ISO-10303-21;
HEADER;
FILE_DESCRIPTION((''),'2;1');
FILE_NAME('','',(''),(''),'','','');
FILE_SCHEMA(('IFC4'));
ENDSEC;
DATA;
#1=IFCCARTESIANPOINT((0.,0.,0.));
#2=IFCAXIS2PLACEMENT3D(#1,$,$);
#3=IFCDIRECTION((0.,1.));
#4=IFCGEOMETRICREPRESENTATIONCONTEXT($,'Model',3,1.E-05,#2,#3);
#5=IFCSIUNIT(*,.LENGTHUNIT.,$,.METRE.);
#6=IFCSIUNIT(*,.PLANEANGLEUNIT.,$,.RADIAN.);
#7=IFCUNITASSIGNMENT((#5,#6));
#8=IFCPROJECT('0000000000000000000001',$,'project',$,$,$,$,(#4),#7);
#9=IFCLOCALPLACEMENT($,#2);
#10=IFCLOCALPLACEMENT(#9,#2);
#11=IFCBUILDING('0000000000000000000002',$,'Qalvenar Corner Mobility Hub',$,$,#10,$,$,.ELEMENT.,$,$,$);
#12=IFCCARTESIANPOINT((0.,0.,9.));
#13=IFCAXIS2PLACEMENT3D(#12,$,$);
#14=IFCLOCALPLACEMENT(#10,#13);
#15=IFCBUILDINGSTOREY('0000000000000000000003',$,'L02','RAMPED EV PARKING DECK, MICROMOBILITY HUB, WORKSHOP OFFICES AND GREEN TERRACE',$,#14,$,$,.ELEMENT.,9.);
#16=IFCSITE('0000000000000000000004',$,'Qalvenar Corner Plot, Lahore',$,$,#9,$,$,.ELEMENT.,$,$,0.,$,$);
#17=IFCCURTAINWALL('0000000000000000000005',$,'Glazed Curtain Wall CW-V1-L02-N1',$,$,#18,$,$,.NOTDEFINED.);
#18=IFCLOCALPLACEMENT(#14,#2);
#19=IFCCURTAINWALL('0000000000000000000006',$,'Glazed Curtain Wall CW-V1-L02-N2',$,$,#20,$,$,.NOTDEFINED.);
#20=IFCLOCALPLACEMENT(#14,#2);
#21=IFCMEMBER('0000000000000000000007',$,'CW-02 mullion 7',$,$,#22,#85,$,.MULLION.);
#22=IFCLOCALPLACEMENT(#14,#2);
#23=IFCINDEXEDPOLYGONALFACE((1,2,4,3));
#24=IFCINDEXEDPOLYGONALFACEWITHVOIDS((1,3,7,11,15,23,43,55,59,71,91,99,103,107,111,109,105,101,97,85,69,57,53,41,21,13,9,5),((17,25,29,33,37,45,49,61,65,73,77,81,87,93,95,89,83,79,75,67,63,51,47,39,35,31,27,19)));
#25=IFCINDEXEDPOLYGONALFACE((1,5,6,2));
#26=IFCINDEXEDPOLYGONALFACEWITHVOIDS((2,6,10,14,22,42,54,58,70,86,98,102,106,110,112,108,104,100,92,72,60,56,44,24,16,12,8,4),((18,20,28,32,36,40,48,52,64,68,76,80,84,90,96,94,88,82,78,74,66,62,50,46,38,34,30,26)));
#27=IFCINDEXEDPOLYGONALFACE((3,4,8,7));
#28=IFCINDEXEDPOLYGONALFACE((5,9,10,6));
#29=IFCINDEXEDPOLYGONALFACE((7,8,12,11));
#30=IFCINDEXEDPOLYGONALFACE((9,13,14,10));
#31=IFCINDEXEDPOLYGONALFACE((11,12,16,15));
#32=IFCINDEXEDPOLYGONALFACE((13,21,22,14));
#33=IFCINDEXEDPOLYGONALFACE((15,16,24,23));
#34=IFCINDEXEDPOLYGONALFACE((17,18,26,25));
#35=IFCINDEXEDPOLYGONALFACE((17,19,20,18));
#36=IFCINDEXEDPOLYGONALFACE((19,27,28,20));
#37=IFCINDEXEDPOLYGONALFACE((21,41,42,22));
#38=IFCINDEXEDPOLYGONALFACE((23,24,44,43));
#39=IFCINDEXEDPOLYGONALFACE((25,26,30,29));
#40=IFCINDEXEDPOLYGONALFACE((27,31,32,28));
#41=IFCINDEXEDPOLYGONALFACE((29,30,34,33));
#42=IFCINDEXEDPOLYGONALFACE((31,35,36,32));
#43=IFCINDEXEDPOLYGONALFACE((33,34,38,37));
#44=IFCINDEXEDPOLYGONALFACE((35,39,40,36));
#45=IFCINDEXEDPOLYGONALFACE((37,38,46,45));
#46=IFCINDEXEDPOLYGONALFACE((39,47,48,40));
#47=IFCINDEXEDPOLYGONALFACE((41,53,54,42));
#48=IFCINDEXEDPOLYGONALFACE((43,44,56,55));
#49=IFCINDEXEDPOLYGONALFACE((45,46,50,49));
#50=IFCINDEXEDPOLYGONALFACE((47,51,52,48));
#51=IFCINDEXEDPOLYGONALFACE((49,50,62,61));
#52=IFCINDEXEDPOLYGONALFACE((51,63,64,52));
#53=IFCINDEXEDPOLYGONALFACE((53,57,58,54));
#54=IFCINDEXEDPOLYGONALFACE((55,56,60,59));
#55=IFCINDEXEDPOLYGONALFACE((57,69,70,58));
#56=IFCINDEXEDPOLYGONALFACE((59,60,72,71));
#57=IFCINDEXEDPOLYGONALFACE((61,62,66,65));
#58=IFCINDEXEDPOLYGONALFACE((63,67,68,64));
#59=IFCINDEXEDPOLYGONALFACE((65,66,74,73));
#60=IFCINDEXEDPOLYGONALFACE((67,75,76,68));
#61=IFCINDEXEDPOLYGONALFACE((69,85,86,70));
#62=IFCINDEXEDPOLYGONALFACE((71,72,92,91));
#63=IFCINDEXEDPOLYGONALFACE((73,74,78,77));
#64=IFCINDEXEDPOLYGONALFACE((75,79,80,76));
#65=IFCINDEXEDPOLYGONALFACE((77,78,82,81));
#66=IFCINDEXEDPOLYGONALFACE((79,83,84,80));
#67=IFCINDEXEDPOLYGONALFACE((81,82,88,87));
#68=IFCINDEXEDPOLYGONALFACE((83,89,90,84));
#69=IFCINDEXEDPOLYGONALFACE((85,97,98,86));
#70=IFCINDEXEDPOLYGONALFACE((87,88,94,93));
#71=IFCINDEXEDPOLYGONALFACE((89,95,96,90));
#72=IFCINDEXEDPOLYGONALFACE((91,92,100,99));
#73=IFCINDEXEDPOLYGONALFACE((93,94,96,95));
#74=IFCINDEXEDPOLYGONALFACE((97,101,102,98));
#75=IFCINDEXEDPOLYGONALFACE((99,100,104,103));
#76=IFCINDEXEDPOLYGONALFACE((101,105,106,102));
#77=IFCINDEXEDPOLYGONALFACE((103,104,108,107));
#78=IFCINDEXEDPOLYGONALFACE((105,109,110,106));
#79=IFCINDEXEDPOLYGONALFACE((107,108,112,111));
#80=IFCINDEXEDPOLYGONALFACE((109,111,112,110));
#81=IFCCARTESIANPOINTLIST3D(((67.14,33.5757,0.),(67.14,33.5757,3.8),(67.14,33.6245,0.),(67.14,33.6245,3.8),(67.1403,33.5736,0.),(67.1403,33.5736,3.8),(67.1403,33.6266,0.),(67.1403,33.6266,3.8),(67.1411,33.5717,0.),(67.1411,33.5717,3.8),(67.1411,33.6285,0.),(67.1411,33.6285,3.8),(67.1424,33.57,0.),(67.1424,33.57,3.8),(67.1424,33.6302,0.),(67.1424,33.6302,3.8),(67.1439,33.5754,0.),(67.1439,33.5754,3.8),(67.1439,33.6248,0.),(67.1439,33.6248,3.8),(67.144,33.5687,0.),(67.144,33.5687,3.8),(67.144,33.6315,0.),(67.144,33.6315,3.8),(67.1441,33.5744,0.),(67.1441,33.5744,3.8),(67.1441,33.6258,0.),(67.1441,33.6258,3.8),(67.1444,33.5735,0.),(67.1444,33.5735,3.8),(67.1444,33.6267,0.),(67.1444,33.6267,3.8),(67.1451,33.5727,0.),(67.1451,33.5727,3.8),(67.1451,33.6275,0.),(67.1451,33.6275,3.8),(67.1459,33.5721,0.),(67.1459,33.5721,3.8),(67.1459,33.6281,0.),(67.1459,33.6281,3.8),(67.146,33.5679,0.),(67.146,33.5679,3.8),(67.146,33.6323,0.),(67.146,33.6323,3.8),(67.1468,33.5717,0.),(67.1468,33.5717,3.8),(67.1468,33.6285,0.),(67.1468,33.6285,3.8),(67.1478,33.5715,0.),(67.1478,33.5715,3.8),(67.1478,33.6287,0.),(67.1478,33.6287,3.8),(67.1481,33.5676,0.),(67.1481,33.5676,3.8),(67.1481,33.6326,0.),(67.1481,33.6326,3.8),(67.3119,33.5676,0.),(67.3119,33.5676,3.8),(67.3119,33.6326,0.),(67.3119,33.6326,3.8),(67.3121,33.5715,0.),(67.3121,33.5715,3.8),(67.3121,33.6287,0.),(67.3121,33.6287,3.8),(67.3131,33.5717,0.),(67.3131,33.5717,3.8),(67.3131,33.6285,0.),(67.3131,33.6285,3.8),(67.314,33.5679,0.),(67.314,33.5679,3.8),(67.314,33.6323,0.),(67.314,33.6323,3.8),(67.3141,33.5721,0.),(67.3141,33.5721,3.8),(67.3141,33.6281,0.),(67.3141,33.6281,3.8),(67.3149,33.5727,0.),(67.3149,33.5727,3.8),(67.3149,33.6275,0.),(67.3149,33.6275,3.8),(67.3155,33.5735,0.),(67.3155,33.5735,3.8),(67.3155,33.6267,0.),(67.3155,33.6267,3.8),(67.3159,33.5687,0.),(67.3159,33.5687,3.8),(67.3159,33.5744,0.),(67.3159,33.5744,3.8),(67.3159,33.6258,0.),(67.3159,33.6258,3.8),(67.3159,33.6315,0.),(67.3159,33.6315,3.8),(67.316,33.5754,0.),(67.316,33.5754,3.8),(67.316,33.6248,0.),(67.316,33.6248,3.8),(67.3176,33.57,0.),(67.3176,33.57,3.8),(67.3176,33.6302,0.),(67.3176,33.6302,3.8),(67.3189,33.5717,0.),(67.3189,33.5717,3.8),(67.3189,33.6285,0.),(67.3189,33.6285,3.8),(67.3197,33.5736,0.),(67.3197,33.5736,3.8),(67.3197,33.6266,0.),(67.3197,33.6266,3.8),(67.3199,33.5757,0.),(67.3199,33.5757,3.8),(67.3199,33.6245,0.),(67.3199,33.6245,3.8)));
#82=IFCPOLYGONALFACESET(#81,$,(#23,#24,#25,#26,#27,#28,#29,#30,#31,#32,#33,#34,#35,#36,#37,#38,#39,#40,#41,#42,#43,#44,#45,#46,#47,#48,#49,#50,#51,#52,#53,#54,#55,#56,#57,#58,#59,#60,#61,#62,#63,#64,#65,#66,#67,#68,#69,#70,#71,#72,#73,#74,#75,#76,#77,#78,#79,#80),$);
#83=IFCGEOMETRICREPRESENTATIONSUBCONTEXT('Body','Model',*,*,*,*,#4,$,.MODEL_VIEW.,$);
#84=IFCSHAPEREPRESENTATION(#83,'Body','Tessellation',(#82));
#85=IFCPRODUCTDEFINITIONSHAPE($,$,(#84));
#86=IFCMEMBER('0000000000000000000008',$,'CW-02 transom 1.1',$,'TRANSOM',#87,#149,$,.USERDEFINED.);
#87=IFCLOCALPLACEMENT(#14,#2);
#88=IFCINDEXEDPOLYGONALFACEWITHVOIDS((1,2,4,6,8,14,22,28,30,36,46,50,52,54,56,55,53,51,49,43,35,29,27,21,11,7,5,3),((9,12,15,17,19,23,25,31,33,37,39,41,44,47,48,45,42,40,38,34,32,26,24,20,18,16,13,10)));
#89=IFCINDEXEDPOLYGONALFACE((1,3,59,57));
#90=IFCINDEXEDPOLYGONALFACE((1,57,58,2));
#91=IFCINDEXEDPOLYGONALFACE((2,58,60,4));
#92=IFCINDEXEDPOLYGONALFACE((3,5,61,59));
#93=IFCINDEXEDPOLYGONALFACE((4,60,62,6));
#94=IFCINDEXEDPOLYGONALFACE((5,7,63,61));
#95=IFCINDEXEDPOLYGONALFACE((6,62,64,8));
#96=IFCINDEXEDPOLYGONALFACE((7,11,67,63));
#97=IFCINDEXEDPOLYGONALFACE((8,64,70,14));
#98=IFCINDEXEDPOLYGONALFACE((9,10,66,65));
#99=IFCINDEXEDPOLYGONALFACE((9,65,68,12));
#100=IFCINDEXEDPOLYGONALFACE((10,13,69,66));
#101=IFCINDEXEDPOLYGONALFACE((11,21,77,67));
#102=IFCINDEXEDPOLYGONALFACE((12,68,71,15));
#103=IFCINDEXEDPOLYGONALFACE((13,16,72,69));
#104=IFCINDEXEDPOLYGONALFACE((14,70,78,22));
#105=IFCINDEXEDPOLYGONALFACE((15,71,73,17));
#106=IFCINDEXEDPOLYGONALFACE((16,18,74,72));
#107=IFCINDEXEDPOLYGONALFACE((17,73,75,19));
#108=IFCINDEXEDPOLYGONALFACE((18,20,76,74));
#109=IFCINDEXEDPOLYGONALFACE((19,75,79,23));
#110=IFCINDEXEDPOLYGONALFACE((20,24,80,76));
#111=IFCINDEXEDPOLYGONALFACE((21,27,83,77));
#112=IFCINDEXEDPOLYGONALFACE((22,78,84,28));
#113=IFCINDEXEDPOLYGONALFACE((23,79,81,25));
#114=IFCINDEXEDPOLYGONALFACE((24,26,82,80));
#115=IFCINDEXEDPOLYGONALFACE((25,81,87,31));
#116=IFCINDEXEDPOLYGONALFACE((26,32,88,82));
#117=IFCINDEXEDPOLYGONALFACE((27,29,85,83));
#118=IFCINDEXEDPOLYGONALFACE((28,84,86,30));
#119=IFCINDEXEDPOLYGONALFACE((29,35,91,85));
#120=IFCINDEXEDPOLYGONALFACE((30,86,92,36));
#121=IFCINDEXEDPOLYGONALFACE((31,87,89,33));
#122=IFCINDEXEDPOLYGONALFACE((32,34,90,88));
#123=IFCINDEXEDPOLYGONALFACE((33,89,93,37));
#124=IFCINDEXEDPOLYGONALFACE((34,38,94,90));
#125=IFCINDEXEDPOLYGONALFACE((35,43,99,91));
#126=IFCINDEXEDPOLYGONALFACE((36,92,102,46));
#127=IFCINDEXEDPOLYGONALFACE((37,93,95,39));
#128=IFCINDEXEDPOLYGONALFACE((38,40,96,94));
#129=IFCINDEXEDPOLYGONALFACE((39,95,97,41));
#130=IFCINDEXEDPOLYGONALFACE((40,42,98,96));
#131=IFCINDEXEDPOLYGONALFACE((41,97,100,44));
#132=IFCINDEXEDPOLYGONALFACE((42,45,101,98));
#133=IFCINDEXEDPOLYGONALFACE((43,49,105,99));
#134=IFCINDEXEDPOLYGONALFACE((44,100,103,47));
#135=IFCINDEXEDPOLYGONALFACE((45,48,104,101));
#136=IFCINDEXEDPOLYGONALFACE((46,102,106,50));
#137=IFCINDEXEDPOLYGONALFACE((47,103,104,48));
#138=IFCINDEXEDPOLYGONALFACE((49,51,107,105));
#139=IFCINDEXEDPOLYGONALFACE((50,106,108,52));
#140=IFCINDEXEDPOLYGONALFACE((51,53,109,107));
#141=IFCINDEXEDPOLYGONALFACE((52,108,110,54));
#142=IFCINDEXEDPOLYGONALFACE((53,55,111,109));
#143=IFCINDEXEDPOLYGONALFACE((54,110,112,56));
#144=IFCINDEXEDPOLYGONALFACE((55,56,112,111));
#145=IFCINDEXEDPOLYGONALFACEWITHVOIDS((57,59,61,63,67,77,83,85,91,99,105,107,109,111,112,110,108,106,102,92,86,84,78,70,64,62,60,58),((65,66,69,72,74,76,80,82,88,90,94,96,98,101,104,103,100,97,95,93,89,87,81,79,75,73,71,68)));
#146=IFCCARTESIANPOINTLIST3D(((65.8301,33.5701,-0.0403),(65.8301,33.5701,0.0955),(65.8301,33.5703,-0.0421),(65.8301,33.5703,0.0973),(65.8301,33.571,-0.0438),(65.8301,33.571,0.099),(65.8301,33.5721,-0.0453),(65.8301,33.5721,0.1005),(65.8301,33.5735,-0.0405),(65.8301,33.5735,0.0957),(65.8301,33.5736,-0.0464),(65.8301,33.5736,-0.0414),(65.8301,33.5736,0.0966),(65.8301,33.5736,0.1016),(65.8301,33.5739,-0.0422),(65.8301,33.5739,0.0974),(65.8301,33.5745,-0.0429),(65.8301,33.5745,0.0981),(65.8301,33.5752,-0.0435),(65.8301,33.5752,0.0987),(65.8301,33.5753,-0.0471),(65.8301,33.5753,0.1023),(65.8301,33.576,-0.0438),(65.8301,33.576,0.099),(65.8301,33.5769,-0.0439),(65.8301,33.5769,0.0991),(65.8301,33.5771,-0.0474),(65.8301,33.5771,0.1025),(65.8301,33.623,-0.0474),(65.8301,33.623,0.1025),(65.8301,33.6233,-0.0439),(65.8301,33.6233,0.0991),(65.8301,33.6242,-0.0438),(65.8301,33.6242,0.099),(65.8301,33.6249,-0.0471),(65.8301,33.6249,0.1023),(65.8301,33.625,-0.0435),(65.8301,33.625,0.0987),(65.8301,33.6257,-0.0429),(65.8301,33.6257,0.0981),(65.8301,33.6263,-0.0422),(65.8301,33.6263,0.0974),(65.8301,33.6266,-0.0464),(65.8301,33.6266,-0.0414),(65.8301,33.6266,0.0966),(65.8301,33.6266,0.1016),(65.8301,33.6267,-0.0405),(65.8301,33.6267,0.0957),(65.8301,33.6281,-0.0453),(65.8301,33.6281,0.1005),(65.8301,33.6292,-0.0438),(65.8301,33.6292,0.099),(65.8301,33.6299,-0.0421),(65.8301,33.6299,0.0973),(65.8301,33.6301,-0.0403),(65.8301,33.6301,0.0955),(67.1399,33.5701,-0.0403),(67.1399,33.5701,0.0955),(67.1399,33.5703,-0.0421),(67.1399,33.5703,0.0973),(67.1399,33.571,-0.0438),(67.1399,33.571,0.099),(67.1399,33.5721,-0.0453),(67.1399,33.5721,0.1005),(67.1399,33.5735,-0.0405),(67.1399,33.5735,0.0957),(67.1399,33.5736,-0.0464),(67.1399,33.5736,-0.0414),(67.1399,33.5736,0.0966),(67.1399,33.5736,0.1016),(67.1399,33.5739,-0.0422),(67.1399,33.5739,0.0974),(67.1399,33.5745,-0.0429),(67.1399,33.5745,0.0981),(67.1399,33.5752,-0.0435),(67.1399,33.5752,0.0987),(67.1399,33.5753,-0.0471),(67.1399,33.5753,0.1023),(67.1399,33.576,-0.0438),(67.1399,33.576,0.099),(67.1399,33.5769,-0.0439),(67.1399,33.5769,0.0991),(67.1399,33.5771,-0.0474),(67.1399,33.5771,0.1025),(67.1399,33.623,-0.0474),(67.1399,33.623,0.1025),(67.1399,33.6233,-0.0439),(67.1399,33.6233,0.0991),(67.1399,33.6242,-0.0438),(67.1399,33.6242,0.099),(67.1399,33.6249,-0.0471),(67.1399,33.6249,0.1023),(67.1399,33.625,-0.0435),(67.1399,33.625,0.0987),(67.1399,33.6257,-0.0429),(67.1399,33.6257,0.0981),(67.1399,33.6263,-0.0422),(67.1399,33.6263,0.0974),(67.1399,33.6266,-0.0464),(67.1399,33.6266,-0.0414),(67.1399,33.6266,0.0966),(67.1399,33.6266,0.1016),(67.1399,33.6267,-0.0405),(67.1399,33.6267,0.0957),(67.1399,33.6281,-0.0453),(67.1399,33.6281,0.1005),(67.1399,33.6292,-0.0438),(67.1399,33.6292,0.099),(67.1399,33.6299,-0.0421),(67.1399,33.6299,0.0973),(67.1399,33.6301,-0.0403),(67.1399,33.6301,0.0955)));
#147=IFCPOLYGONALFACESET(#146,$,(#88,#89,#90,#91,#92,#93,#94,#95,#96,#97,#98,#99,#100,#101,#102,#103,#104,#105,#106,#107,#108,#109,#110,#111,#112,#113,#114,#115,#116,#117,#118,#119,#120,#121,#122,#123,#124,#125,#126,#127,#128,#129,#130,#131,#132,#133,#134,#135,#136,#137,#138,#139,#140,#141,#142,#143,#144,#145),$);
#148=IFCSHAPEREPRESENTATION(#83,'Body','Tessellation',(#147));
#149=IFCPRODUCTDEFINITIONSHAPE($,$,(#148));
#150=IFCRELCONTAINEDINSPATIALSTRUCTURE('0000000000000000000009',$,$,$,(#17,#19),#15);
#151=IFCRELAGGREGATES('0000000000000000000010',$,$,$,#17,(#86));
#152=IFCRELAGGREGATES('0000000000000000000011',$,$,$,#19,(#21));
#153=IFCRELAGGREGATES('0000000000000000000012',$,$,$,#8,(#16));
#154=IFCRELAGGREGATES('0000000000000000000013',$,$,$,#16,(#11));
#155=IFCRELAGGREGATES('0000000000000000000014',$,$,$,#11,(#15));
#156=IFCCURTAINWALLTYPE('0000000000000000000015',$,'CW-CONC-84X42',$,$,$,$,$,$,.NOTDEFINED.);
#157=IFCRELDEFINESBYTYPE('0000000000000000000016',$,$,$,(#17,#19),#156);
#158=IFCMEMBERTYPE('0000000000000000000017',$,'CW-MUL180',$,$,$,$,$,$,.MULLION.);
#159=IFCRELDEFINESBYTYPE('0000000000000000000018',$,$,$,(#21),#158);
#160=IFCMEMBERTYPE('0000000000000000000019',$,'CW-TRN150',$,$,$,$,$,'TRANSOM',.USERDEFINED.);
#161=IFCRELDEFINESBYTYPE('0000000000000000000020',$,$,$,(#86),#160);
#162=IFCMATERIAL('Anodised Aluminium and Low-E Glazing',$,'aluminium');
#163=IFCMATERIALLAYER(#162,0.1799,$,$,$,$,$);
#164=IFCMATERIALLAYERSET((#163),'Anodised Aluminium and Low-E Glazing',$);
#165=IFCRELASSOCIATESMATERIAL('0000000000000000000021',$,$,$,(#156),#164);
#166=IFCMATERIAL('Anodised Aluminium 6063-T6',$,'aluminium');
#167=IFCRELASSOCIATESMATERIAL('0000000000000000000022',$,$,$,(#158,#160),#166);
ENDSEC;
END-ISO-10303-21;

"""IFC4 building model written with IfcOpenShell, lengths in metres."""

from ifc_helpers import new_model, si_unit, direction, frame, origin, origin_2d, place, context, subcontext, project, spatial, hollow_rectangle, extrude, material, layer, layer_set, material_profile, profile_set, type_object, element, aggregate, save


model = new_model("IFC4")

# Units and contexts
model_context = context("Model", 3, precision=1e-05, world=origin(), true_north=direction((0.0, 1.0)))
body_context = subcontext(model_context, "Body", "Model", "MODEL_VIEW")
ifc_project = project(units=[si_unit("LENGTHUNIT", "METRE"), si_unit("PLANEANGLEUNIT", "RADIAN")], contexts=[model_context])

# Site, building, storey
site_placement = place(None, origin())
site = spatial("IfcSite", under=ifc_project, at=site_placement, Name="Qalvenar Corner Plot, Lahore", CompositionType="ELEMENT", RefElevation=0.0)
building_placement = place(site_placement, origin())
building = spatial("IfcBuilding", under=site, at=building_placement, Name="Qalvenar Corner Mobility Hub", CompositionType="ELEMENT")
storey_placement = place(building_placement, frame((0.0, 0.0, 9.0)))
storey = spatial("IfcBuildingStorey", under=building, at=storey_placement, Name="L02", Description="RAMPED EV PARKING DECK, MICROMOBILITY HUB, WORKSHOP OFFICES AND GREEN TERRACE", CompositionType="ELEMENT", Elevation=9.0)

# Curtain wall
ifc_material_1 = material(Name="Anodised Aluminium and Low-E Glazing", Category="aluminium")
ifc_layer_1 = layer(ifc_material_1, 0.1799)
ifc_layer_set_1 = layer_set([ifc_layer_1], Name="Anodised Aluminium and Low-E Glazing")
curtain_wall_type = type_object("IfcCurtainWallType", Name="CW-CONC-84X42", PredefinedType="NOTDEFINED", material=ifc_layer_set_1)
curtain_wall_1_placement = place(storey_placement, origin())
curtain_wall_1 = element("IfcCurtainWall", 1, at=curtain_wall_1_placement, inside=storey, type_object=curtain_wall_type, Name="Glazed Curtain Wall CW-V1-L02-N1", PredefinedType="NOTDEFINED")
ifc_material_2 = material(Name="Anodised Aluminium 6063-T6", Category="aluminium")
ifc_material_profile_1 = material_profile(ifc_material_2, hollow_rectangle(XDim=0.0649, YDim=0.1799, WallThickness=0.0039, InnerFilletRadius=0.0039, OuterFilletRadius=0.0081, at=origin_2d()), Name="RHS180x65x4")
ifc_profile_set_1 = profile_set([ifc_material_profile_1], Name="Anodised Aluminium 6063-T6")
member_type_1 = type_object("IfcMemberType", Name="CW-MUL180", PredefinedType="MULLION", material=ifc_profile_set_1)

# Curtain wall, member
curtain_wall_2_placement = place(storey_placement, origin())
curtain_wall_2 = element("IfcCurtainWall", 2, at=curtain_wall_2_placement, inside=storey, type_object=curtain_wall_type, Name="Glazed Curtain Wall CW-V1-L02-N2", PredefinedType="NOTDEFINED")
member_1_placement = place(storey_placement, frame((67.23, 33.6001, 0.0), z_axis=(0.0, 0.0, 1.0), x_axis=(0.0, -1.0, 0.0)))
member_1 = element("IfcMember", 3, at=member_1_placement, type_object=member_type_1, Name="CW-02 mullion 7", PredefinedType="MULLION", context=body_context, shape_type="SweptSolid", body=[
    extrude(hollow_rectangle(XDim=0.0649, YDim=0.1799, WallThickness=0.0039, InnerFilletRadius=0.0039, OuterFilletRadius=0.0081, at=origin_2d()), origin(), (0.0, 0.0, 1.0), 3.8),
])

# Member
ifc_material_profile_2 = material_profile(ifc_material_2, hollow_rectangle(XDim=0.0601, YDim=0.1499, WallThickness=0.0034, InnerFilletRadius=0.0034, OuterFilletRadius=0.0071, at=origin_2d()), Name="RHS150x60x3.5")
ifc_profile_set_2 = profile_set([ifc_material_profile_2], Name="Anodised Aluminium 6063-T6")
member_type_2 = type_object("IfcMemberType", Name="CW-TRN150", ElementType="TRANSOM", PredefinedType="USERDEFINED", material=ifc_profile_set_2)
member_2_placement = place(storey_placement, frame((67.1399, 33.6001, 0.0276), z_axis=(-1.0, 0.0, 0.0), x_axis=(0.0, -1.0, 0.0)))
member_2 = element("IfcMember", 4, at=member_2_placement, type_object=member_type_2, Name="CW-02 transom 1.1", ObjectType="TRANSOM", PredefinedType="USERDEFINED", context=body_context, shape_type="SweptSolid", body=[
    extrude(hollow_rectangle(XDim=0.0601, YDim=0.1499, WallThickness=0.0034, InnerFilletRadius=0.0034, OuterFilletRadius=0.0071, at=origin_2d()), origin(), (0.0, 0.0, 1.0), 1.3098),
])

aggregate(curtain_wall_1, [member_2])
aggregate(curtain_wall_2, [member_1])

save(model, "model.ifc")
